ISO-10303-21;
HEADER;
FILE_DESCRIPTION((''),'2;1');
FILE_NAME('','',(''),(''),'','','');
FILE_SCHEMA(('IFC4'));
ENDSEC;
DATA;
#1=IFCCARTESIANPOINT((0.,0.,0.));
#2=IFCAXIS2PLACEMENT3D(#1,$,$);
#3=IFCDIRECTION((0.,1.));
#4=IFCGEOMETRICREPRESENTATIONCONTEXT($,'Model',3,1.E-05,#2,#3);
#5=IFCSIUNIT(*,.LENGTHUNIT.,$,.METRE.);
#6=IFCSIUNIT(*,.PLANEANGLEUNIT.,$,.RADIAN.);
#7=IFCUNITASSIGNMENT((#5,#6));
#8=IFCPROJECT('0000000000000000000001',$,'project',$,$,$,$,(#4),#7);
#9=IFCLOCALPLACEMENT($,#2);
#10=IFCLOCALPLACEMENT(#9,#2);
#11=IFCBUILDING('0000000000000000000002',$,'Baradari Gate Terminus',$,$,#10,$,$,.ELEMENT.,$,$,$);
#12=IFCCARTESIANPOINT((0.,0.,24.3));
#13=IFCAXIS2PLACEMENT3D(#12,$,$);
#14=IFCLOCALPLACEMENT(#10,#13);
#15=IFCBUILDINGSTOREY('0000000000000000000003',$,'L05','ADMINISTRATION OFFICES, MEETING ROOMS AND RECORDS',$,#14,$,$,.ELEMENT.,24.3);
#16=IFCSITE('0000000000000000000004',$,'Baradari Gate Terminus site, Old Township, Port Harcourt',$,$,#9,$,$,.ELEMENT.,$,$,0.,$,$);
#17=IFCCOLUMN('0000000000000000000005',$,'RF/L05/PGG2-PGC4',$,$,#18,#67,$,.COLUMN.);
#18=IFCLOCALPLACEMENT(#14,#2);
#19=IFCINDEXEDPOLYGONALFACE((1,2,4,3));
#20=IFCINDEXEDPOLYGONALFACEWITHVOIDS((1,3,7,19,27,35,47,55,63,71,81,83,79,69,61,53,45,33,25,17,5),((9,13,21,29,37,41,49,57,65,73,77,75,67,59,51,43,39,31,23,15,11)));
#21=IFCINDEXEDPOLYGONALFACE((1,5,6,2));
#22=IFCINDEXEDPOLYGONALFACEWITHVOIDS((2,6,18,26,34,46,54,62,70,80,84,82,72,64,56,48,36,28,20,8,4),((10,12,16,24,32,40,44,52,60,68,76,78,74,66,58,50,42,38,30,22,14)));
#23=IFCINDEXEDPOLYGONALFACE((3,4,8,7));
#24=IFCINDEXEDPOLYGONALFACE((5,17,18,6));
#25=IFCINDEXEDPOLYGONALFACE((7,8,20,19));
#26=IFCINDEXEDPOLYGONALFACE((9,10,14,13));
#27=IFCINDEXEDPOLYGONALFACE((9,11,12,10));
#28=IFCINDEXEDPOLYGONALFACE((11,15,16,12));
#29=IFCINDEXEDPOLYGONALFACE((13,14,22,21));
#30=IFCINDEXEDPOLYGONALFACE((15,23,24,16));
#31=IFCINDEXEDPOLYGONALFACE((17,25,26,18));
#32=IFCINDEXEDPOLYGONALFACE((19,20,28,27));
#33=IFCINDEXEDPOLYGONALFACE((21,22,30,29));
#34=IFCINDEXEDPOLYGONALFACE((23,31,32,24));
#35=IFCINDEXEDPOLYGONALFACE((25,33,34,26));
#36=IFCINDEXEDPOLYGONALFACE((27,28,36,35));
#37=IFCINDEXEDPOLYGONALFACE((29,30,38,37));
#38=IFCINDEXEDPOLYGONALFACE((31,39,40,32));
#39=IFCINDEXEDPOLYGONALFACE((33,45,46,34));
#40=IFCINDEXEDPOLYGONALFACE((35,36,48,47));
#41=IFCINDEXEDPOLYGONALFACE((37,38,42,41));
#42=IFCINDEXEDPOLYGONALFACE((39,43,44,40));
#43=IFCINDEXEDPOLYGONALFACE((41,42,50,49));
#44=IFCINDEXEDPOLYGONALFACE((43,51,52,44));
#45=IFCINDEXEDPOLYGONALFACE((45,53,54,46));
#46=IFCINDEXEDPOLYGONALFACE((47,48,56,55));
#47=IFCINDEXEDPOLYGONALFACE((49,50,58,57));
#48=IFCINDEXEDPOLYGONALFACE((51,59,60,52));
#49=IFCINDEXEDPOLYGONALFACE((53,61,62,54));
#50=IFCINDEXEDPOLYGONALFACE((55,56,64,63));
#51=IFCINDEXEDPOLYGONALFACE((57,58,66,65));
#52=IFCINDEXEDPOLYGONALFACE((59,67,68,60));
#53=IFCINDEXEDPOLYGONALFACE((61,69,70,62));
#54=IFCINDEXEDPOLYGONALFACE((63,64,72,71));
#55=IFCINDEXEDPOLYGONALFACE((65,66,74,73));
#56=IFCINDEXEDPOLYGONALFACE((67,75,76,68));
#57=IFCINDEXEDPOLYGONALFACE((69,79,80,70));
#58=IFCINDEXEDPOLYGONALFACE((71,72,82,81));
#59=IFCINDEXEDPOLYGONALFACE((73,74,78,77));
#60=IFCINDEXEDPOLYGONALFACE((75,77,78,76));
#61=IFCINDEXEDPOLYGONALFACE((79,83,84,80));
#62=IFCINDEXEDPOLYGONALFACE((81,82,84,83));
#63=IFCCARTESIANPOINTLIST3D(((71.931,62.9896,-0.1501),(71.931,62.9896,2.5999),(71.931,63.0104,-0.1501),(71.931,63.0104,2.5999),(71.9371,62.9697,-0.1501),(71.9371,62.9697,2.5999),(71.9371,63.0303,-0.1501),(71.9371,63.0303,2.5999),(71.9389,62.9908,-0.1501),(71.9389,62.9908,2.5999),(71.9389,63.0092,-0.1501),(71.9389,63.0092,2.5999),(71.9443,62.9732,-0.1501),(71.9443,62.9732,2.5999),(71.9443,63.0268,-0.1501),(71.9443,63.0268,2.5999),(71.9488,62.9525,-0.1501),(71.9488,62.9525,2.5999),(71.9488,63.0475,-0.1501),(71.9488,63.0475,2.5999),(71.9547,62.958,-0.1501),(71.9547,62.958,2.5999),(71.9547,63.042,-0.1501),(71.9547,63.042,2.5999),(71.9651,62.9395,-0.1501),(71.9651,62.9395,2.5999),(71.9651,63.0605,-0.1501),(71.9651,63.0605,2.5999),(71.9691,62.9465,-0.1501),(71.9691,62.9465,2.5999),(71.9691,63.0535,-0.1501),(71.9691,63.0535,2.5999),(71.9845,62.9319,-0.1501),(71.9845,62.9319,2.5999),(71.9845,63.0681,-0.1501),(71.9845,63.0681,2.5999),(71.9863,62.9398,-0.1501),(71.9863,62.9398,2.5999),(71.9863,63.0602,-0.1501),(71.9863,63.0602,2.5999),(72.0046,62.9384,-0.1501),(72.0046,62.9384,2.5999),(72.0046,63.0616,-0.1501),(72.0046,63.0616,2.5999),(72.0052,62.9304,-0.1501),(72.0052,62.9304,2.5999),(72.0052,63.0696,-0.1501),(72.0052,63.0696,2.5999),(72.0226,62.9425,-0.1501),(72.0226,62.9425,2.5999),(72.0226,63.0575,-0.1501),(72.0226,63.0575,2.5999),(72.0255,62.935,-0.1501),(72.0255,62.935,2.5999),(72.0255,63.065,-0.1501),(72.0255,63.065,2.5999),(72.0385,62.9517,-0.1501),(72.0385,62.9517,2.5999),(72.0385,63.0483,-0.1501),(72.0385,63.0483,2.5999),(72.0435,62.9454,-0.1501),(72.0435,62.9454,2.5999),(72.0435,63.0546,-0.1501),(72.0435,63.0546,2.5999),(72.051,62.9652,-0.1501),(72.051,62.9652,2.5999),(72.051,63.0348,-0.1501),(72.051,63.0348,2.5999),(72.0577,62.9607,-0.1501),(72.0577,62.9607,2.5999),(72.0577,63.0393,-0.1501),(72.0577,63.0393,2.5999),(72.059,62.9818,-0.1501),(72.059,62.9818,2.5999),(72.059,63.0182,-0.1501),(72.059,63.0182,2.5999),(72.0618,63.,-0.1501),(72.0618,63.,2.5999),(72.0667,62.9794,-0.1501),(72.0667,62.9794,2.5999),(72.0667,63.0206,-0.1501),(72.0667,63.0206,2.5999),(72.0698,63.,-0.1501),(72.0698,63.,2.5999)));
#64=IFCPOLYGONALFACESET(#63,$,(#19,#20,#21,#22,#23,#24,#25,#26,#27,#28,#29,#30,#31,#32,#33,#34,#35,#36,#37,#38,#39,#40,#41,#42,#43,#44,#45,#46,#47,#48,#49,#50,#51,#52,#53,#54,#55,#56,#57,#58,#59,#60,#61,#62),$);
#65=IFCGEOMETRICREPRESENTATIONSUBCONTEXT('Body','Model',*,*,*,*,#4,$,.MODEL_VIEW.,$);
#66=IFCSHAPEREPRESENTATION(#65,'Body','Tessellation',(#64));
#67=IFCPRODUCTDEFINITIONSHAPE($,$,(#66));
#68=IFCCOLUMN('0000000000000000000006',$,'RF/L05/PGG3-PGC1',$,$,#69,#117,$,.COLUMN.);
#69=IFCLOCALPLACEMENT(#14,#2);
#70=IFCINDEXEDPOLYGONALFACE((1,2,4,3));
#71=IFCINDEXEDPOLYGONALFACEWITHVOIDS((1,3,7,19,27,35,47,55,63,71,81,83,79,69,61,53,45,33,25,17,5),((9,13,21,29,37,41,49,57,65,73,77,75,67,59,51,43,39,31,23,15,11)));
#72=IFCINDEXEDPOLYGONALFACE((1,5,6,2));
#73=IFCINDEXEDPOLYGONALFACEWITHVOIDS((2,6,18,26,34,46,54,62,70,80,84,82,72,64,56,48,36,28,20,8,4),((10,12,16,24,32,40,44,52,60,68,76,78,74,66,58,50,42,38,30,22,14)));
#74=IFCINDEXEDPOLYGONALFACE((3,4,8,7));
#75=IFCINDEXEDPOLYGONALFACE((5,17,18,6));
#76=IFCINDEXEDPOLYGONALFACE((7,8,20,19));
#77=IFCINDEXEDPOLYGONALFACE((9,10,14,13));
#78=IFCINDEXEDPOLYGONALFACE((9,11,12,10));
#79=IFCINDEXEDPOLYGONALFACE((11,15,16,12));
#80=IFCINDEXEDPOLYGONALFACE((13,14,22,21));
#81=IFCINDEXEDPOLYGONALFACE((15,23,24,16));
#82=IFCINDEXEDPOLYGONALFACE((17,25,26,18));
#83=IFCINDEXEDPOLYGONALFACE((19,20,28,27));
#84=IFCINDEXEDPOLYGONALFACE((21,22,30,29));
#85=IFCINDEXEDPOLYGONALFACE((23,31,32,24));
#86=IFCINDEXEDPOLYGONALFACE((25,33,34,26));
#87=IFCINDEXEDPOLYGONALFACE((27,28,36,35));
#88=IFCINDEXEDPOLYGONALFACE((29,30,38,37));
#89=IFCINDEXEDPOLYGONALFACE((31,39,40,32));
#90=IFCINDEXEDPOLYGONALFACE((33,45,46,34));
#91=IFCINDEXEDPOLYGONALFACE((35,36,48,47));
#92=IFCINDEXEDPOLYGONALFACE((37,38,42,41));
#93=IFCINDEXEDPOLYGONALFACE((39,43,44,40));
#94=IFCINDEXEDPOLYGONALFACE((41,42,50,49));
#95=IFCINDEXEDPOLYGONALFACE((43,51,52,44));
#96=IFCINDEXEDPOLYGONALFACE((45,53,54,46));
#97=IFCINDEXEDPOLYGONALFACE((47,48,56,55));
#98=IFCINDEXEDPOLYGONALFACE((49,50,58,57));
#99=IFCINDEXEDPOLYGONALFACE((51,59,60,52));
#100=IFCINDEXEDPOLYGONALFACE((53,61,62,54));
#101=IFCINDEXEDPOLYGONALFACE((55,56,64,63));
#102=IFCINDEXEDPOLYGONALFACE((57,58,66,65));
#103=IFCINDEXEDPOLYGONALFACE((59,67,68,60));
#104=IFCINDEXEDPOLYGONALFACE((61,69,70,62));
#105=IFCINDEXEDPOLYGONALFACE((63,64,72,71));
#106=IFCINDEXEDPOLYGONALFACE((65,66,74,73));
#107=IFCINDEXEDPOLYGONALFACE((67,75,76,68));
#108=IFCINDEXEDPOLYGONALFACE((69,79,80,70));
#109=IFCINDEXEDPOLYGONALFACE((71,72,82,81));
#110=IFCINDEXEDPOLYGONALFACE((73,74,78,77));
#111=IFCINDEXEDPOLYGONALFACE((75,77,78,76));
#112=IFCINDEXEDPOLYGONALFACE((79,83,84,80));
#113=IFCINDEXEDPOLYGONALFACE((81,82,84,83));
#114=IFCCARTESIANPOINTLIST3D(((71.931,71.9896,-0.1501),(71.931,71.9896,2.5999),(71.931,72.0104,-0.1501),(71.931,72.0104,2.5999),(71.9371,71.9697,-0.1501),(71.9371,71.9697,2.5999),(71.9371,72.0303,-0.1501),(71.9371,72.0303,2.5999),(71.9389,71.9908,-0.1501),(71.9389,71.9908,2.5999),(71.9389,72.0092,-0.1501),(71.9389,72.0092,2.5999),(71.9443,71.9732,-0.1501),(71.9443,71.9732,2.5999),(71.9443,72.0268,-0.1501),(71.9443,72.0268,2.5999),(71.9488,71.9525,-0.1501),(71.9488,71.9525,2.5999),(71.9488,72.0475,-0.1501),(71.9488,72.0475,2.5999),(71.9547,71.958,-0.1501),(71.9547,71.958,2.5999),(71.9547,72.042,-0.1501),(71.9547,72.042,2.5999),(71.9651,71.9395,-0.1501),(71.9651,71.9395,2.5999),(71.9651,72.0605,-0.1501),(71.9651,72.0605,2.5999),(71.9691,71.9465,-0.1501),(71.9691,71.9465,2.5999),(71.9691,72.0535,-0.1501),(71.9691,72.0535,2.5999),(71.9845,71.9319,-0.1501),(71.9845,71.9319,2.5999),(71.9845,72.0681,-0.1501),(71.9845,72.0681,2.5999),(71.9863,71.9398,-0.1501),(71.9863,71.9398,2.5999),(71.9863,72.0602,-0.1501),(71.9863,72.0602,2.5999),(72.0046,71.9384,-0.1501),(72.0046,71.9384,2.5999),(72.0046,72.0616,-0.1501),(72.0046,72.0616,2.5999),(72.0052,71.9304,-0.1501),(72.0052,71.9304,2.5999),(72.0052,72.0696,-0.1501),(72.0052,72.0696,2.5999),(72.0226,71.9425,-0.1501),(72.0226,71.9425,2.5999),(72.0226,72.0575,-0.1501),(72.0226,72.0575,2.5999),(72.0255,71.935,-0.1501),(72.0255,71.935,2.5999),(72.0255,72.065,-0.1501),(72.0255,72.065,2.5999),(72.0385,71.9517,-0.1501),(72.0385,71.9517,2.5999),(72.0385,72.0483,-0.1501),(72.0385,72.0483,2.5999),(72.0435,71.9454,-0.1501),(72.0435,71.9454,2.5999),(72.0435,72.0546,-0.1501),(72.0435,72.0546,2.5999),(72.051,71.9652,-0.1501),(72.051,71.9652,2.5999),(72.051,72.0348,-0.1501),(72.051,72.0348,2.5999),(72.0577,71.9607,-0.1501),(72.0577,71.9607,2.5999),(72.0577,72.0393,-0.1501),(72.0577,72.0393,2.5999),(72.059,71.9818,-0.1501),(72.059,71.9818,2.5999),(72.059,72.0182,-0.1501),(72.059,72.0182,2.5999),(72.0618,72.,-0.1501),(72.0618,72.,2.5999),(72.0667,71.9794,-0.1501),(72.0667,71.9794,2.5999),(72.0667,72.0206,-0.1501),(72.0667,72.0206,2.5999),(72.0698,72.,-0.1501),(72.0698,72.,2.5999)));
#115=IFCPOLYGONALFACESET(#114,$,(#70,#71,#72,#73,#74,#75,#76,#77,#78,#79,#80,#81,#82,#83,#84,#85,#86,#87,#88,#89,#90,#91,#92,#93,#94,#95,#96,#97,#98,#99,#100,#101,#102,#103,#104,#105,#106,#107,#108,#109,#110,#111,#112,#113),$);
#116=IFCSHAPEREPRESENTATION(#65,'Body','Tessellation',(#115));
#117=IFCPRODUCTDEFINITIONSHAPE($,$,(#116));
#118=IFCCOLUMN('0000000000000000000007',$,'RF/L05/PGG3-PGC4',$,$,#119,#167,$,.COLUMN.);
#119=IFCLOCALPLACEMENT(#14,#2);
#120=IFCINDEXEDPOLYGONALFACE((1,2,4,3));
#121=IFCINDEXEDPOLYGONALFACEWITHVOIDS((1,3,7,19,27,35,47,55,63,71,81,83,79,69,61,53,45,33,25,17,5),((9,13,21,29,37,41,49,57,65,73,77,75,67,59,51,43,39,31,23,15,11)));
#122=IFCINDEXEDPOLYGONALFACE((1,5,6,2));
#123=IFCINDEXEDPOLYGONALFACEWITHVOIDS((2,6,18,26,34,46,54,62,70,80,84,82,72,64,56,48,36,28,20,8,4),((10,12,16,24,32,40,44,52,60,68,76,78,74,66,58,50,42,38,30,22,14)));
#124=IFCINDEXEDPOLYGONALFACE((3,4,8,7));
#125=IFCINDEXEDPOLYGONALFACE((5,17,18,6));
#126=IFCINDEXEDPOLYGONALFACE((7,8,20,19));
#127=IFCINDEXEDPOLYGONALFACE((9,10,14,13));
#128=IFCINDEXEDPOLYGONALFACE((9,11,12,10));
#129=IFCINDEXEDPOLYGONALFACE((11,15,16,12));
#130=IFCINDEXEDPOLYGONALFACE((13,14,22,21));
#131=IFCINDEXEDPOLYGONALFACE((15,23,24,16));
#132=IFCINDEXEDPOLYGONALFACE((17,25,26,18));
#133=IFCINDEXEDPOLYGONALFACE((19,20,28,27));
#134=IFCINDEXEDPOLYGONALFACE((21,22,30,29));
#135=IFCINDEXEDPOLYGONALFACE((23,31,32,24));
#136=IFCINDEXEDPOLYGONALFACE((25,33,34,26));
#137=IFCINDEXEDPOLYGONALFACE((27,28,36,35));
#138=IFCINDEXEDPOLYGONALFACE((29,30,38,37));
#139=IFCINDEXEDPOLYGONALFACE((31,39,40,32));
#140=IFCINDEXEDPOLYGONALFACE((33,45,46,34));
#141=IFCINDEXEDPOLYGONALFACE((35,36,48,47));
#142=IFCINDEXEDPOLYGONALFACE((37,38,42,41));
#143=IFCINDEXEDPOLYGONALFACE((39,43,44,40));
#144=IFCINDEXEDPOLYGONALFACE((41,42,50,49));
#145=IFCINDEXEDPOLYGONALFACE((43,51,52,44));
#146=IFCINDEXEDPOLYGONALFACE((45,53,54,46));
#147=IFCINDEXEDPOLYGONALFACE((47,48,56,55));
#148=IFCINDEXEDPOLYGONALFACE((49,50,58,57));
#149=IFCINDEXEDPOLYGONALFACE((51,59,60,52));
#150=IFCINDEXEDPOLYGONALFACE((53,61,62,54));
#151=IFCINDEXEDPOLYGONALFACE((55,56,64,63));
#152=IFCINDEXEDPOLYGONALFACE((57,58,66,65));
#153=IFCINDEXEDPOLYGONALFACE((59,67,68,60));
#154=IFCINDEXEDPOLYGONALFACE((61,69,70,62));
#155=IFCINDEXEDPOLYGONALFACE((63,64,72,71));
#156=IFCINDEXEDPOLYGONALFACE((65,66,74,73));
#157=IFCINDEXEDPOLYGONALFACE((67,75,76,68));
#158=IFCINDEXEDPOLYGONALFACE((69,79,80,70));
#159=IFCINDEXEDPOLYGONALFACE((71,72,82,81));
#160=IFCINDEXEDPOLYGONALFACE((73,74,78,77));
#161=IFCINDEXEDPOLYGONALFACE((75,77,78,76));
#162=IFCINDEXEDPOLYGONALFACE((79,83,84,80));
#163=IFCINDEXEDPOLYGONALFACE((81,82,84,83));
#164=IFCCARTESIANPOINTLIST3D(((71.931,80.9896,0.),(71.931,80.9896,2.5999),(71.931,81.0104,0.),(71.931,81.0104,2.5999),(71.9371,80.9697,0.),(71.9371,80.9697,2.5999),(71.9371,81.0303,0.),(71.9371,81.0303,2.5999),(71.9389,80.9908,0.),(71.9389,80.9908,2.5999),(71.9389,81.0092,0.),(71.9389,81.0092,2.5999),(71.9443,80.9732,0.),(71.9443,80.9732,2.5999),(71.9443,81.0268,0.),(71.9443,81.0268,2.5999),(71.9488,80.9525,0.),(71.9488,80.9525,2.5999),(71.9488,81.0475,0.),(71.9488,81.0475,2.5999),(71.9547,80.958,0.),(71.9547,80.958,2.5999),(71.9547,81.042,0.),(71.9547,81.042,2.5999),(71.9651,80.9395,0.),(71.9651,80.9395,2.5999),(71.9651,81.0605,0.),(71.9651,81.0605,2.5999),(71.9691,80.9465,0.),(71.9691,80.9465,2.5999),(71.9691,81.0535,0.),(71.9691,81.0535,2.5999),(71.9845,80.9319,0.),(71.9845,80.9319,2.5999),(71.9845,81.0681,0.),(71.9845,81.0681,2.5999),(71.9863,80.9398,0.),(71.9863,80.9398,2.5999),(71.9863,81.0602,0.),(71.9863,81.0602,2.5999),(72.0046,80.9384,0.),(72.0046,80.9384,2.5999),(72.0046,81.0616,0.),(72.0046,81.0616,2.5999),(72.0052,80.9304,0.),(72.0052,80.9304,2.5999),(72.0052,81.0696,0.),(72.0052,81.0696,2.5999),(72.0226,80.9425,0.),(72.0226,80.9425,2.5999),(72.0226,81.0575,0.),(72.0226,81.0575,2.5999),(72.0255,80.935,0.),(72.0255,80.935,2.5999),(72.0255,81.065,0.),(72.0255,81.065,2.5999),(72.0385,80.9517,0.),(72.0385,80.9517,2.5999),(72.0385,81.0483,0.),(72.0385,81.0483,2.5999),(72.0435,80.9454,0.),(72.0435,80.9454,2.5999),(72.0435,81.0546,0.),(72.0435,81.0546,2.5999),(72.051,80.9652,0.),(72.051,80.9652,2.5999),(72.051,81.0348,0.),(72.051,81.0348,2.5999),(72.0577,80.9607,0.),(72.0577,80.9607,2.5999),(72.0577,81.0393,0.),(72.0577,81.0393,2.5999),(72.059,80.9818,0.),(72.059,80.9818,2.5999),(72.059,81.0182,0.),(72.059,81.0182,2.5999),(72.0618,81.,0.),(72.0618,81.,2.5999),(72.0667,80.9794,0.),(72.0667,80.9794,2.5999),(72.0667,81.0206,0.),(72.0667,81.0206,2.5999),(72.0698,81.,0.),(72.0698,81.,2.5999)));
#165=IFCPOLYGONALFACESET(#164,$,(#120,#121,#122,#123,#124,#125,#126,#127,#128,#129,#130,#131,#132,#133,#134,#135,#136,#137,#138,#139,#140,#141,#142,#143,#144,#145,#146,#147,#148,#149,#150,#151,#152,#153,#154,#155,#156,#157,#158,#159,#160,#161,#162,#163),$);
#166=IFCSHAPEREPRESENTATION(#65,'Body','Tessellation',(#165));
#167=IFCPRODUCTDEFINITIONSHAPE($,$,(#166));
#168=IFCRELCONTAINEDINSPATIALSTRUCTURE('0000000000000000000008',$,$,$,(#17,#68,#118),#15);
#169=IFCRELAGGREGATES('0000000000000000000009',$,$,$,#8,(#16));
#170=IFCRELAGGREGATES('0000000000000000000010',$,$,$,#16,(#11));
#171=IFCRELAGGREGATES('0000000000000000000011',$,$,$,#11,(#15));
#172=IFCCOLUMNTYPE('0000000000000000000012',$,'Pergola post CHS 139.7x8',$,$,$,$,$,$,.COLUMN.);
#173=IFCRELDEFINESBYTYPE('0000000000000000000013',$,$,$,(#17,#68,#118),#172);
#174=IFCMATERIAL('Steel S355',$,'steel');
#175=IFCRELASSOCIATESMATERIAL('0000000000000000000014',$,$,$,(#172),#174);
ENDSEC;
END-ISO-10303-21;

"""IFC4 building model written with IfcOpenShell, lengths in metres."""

from ifc_helpers import new_model, si_unit, direction, frame, origin, origin_2d, place, context, subcontext, project, spatial, hollow_circle, extrude, material, material_profile, profile_set, type_object, element, save


model = new_model("IFC4")

# Units and contexts
model_context = context("Model", 3, precision=1e-05, world=origin(), true_north=direction((0.0, 1.0)))
body_context = subcontext(model_context, "Body", "Model", "MODEL_VIEW")
ifc_project = project(units=[si_unit("LENGTHUNIT", "METRE"), si_unit("PLANEANGLEUNIT", "RADIAN")], contexts=[model_context])

# Site, building, storey
site_placement = place(None, origin())
site = spatial("IfcSite", under=ifc_project, at=site_placement, Name="Baradari Gate Terminus site, Old Township, Port Harcourt", CompositionType="ELEMENT", RefElevation=0.0)
building_placement = place(site_placement, origin())
building = spatial("IfcBuilding", under=site, at=building_placement, Name="Baradari Gate Terminus", CompositionType="ELEMENT")
storey_placement = place(building_placement, frame((0.0, 0.0, 24.3)))
storey = spatial("IfcBuildingStorey", under=building, at=storey_placement, Name="L05", Description="ADMINISTRATION OFFICES, MEETING ROOMS AND RECORDS", CompositionType="ELEMENT", Elevation=24.3)

# Columns
ifc_material_1 = material(Name="Steel S355", Category="steel")
ifc_material_profile_1 = material_profile(ifc_material_1, hollow_circle(Radius=0.0698, WallThickness=0.0081, at=origin_2d()), Name="CHS 139.7x8")
ifc_profile_set_1 = profile_set([ifc_material_profile_1], Name="Steel S355")
column_type = type_object("IfcColumnType", Name="Pergola post CHS 139.7x8", PredefinedType="COLUMN", material=ifc_profile_set_1)
for number, where, z_axis, x_axis, name in (
    (1, (72.0, 63.0, -0.1501), (0.0, 0.0, 1.0), (1.0, 0.0, 0.0), "RF/L05/PGG2-PGC4"),
    (2, (72.0, 72.0, -0.1501), (0.0, 0.0, 1.0), (1.0, 0.0, 0.0), "RF/L05/PGG3-PGC1"),
):
    element("IfcColumn", number, at=place(storey_placement, frame(where, z_axis=z_axis, x_axis=x_axis)), inside=storey, type_object=column_type, Name=name, PredefinedType="COLUMN", context=body_context, shape_type="SweptSolid", body=[
        extrude(hollow_circle(Radius=0.0698, WallThickness=0.0081, at=origin_2d()), origin(), (0.0, 0.0, 1.0), 2.75),
    ])
column_1_placement = place(storey_placement, frame((72.0, 81.0, 0.0), z_axis=(0.0, 0.0, 1.0), x_axis=(1.0, 0.0, 0.0)))
element("IfcColumn", 3, at=column_1_placement, inside=storey, type_object=column_type, Name="RF/L05/PGG3-PGC4", PredefinedType="COLUMN", context=body_context, shape_type="SweptSolid", body=[
    extrude(hollow_circle(Radius=0.0698, WallThickness=0.0081, at=origin_2d()), origin(), (0.0, 0.0, 1.0), 2.5999),
])

save(model, "model.ifc")
